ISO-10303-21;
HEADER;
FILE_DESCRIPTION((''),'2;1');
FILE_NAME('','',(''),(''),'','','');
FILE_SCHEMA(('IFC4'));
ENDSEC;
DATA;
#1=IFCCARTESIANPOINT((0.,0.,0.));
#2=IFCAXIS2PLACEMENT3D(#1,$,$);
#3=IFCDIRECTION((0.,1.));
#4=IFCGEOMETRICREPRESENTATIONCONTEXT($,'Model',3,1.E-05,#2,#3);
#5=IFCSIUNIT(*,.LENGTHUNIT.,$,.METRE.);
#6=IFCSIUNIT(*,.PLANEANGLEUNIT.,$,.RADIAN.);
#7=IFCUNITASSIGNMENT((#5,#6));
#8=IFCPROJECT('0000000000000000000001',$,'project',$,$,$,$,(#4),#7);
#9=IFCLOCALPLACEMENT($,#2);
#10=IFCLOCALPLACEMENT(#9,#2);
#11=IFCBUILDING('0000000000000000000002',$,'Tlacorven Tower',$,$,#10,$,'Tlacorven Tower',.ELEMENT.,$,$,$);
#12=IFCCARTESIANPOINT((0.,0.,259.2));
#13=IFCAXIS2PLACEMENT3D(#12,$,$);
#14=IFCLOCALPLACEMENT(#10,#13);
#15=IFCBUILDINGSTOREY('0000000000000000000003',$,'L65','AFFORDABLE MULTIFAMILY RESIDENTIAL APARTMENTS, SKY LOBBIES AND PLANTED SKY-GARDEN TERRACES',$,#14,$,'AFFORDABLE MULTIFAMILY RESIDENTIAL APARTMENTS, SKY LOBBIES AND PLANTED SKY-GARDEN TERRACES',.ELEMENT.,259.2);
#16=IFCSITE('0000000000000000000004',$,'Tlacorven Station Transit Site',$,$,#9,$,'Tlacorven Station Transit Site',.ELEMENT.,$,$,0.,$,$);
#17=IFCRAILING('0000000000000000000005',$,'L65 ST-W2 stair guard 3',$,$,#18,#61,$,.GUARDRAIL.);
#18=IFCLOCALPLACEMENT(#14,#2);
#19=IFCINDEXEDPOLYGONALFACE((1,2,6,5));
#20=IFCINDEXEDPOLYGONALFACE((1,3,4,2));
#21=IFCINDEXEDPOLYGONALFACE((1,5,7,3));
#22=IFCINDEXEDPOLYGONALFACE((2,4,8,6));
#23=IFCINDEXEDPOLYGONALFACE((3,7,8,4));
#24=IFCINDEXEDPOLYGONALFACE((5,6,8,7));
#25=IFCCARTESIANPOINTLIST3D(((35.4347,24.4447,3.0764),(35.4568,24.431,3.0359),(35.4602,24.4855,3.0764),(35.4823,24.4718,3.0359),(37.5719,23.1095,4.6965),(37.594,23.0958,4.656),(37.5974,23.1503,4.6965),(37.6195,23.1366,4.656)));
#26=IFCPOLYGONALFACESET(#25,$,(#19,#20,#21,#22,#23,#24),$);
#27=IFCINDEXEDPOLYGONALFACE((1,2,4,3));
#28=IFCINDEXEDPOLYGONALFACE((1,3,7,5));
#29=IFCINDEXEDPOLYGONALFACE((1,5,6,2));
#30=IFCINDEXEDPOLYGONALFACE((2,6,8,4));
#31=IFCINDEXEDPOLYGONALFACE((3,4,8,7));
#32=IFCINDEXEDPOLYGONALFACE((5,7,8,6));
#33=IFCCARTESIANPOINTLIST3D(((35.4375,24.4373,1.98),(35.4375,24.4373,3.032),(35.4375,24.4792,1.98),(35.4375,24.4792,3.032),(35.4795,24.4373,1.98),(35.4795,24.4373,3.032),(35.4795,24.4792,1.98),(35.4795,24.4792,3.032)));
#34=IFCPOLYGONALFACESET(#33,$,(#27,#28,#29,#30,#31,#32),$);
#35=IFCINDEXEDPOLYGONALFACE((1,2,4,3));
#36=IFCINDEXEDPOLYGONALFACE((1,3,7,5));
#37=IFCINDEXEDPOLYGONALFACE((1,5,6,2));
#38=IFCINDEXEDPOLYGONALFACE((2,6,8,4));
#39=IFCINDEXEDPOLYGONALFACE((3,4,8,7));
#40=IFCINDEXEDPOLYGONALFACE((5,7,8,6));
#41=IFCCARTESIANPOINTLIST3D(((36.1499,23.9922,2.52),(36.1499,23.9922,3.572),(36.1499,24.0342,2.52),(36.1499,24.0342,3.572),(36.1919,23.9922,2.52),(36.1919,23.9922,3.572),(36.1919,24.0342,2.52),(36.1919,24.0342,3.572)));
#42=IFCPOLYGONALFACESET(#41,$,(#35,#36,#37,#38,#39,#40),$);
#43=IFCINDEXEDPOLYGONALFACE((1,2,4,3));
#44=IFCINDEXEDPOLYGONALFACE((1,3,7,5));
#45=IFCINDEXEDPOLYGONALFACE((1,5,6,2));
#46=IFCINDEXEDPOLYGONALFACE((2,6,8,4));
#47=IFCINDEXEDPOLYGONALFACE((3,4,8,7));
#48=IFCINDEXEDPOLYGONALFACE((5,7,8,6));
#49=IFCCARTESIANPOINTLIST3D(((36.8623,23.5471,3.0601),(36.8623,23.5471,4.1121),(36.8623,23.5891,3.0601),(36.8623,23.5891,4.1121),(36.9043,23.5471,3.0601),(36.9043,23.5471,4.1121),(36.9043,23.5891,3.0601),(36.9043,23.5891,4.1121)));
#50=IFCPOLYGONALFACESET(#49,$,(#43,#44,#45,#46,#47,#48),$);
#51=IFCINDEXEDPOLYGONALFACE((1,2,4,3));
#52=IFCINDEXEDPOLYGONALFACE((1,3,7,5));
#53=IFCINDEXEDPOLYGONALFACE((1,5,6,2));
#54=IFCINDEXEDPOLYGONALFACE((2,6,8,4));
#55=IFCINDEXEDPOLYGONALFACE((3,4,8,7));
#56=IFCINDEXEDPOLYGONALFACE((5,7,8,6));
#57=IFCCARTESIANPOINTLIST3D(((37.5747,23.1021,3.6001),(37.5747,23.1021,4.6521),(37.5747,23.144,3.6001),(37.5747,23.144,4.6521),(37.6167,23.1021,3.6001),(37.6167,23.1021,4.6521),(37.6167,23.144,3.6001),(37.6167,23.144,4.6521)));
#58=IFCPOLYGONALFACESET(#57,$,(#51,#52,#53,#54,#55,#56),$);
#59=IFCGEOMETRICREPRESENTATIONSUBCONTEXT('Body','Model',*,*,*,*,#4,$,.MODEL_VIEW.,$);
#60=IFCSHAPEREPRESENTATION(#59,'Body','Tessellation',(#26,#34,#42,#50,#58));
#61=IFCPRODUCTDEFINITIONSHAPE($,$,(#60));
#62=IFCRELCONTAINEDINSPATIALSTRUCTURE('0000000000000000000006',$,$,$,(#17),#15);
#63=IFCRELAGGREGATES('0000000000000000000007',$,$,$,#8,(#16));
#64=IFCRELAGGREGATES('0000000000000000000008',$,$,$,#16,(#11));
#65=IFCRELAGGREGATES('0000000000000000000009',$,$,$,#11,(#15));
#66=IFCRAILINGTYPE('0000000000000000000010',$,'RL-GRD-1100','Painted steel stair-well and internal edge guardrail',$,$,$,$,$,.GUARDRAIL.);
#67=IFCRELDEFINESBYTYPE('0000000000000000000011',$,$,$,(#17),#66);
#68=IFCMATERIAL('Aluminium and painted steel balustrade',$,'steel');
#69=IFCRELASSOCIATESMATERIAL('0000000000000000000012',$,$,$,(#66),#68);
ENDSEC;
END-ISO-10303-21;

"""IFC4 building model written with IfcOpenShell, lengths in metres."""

from ifc_helpers import new_model, si_unit, direction, frame, origin, origin_2d, place, context, subcontext, project, spatial, rectangle, extrude, source, transform, mapped, material, type_object, element, save


model = new_model("IFC4")

# Units and contexts
model_context = context("Model", 3, precision=1e-05, world=origin(), true_north=direction((0.0, 1.0)))
body_context = subcontext(model_context, "Body", "Model", "MODEL_VIEW")
ifc_project = project(units=[si_unit("LENGTHUNIT", "METRE"), si_unit("PLANEANGLEUNIT", "RADIAN")], contexts=[model_context])

# Site, building, storey
site_placement = place(None, origin())
site = spatial("IfcSite", under=ifc_project, at=site_placement, Name="Tlacorven Station Transit Site", LongName="Tlacorven Station Transit Site", CompositionType="ELEMENT", RefElevation=0.0)
building_placement = place(site_placement, origin())
building = spatial("IfcBuilding", under=site, at=building_placement, Name="Tlacorven Tower", LongName="Tlacorven Tower", CompositionType="ELEMENT")
storey_placement = place(building_placement, frame((0.0, 0.0, 259.2)))
storey = spatial("IfcBuildingStorey", under=building, at=storey_placement, Name="L65", Description="AFFORDABLE MULTIFAMILY RESIDENTIAL APARTMENTS, SKY LOBBIES AND PLANTED SKY-GARDEN TERRACES", LongName="AFFORDABLE MULTIFAMILY RESIDENTIAL APARTMENTS, SKY LOBBIES AND PLANTED SKY-GARDEN TERRACES", CompositionType="ELEMENT", Elevation=259.2)

# Railing
ifc_material_1 = material(Name="Aluminium and painted steel balustrade", Category="steel")
railing_type_1 = type_object("IfcRailingType", Name="RL-GRD-1100", Description="Painted steel stair-well and internal edge guardrail", PredefinedType="GUARDRAIL", material=ifc_material_1)
shared_shape_1 = source(origin(), body_context, "Body", "SweptSolid", [
    extrude(rectangle(XDim=0.0481, YDim=0.0481, at=origin_2d()), frame((0.0, 0.0, 1.0762), z_axis=(0.713386, -0.445683, 0.540784), x_axis=(0.529842, 0.848096, 0.0)), (0.0, 0.0, 1.0), 2.9958),
    extrude(rectangle(XDim=0.042, YDim=0.042, at=origin_2d()), origin(), (0.0, 0.0, 1.0), 1.052),
    extrude(rectangle(XDim=0.042, YDim=0.042, at=origin_2d()), frame((0.7124, -0.4451, 0.54)), (0.0, 0.0, 1.0), 1.052),
    extrude(rectangle(XDim=0.042, YDim=0.042, at=origin_2d()), frame((1.4248, -0.8901, 1.0801)), (0.0, 0.0, 1.0), 1.052),
    extrude(rectangle(XDim=0.042, YDim=0.042, at=origin_2d()), frame((2.1372, -1.3352, 1.6201)), (0.0, 0.0, 1.0), 1.052),
])
railing_1_placement = place(storey_placement, frame((35.4585, 24.4583, 1.98)))
element("IfcRailing", 1, at=railing_1_placement, inside=storey, type_object=railing_type_1, Name="L65 ST-W2 stair guard 3", PredefinedType="GUARDRAIL", context=body_context, shape_type="MappedRepresentation", body=[
    mapped(shared_shape_1, transform((0.0, 0.0, 0.0), scale=1.0)),
])

save(model, "model.ifc")
